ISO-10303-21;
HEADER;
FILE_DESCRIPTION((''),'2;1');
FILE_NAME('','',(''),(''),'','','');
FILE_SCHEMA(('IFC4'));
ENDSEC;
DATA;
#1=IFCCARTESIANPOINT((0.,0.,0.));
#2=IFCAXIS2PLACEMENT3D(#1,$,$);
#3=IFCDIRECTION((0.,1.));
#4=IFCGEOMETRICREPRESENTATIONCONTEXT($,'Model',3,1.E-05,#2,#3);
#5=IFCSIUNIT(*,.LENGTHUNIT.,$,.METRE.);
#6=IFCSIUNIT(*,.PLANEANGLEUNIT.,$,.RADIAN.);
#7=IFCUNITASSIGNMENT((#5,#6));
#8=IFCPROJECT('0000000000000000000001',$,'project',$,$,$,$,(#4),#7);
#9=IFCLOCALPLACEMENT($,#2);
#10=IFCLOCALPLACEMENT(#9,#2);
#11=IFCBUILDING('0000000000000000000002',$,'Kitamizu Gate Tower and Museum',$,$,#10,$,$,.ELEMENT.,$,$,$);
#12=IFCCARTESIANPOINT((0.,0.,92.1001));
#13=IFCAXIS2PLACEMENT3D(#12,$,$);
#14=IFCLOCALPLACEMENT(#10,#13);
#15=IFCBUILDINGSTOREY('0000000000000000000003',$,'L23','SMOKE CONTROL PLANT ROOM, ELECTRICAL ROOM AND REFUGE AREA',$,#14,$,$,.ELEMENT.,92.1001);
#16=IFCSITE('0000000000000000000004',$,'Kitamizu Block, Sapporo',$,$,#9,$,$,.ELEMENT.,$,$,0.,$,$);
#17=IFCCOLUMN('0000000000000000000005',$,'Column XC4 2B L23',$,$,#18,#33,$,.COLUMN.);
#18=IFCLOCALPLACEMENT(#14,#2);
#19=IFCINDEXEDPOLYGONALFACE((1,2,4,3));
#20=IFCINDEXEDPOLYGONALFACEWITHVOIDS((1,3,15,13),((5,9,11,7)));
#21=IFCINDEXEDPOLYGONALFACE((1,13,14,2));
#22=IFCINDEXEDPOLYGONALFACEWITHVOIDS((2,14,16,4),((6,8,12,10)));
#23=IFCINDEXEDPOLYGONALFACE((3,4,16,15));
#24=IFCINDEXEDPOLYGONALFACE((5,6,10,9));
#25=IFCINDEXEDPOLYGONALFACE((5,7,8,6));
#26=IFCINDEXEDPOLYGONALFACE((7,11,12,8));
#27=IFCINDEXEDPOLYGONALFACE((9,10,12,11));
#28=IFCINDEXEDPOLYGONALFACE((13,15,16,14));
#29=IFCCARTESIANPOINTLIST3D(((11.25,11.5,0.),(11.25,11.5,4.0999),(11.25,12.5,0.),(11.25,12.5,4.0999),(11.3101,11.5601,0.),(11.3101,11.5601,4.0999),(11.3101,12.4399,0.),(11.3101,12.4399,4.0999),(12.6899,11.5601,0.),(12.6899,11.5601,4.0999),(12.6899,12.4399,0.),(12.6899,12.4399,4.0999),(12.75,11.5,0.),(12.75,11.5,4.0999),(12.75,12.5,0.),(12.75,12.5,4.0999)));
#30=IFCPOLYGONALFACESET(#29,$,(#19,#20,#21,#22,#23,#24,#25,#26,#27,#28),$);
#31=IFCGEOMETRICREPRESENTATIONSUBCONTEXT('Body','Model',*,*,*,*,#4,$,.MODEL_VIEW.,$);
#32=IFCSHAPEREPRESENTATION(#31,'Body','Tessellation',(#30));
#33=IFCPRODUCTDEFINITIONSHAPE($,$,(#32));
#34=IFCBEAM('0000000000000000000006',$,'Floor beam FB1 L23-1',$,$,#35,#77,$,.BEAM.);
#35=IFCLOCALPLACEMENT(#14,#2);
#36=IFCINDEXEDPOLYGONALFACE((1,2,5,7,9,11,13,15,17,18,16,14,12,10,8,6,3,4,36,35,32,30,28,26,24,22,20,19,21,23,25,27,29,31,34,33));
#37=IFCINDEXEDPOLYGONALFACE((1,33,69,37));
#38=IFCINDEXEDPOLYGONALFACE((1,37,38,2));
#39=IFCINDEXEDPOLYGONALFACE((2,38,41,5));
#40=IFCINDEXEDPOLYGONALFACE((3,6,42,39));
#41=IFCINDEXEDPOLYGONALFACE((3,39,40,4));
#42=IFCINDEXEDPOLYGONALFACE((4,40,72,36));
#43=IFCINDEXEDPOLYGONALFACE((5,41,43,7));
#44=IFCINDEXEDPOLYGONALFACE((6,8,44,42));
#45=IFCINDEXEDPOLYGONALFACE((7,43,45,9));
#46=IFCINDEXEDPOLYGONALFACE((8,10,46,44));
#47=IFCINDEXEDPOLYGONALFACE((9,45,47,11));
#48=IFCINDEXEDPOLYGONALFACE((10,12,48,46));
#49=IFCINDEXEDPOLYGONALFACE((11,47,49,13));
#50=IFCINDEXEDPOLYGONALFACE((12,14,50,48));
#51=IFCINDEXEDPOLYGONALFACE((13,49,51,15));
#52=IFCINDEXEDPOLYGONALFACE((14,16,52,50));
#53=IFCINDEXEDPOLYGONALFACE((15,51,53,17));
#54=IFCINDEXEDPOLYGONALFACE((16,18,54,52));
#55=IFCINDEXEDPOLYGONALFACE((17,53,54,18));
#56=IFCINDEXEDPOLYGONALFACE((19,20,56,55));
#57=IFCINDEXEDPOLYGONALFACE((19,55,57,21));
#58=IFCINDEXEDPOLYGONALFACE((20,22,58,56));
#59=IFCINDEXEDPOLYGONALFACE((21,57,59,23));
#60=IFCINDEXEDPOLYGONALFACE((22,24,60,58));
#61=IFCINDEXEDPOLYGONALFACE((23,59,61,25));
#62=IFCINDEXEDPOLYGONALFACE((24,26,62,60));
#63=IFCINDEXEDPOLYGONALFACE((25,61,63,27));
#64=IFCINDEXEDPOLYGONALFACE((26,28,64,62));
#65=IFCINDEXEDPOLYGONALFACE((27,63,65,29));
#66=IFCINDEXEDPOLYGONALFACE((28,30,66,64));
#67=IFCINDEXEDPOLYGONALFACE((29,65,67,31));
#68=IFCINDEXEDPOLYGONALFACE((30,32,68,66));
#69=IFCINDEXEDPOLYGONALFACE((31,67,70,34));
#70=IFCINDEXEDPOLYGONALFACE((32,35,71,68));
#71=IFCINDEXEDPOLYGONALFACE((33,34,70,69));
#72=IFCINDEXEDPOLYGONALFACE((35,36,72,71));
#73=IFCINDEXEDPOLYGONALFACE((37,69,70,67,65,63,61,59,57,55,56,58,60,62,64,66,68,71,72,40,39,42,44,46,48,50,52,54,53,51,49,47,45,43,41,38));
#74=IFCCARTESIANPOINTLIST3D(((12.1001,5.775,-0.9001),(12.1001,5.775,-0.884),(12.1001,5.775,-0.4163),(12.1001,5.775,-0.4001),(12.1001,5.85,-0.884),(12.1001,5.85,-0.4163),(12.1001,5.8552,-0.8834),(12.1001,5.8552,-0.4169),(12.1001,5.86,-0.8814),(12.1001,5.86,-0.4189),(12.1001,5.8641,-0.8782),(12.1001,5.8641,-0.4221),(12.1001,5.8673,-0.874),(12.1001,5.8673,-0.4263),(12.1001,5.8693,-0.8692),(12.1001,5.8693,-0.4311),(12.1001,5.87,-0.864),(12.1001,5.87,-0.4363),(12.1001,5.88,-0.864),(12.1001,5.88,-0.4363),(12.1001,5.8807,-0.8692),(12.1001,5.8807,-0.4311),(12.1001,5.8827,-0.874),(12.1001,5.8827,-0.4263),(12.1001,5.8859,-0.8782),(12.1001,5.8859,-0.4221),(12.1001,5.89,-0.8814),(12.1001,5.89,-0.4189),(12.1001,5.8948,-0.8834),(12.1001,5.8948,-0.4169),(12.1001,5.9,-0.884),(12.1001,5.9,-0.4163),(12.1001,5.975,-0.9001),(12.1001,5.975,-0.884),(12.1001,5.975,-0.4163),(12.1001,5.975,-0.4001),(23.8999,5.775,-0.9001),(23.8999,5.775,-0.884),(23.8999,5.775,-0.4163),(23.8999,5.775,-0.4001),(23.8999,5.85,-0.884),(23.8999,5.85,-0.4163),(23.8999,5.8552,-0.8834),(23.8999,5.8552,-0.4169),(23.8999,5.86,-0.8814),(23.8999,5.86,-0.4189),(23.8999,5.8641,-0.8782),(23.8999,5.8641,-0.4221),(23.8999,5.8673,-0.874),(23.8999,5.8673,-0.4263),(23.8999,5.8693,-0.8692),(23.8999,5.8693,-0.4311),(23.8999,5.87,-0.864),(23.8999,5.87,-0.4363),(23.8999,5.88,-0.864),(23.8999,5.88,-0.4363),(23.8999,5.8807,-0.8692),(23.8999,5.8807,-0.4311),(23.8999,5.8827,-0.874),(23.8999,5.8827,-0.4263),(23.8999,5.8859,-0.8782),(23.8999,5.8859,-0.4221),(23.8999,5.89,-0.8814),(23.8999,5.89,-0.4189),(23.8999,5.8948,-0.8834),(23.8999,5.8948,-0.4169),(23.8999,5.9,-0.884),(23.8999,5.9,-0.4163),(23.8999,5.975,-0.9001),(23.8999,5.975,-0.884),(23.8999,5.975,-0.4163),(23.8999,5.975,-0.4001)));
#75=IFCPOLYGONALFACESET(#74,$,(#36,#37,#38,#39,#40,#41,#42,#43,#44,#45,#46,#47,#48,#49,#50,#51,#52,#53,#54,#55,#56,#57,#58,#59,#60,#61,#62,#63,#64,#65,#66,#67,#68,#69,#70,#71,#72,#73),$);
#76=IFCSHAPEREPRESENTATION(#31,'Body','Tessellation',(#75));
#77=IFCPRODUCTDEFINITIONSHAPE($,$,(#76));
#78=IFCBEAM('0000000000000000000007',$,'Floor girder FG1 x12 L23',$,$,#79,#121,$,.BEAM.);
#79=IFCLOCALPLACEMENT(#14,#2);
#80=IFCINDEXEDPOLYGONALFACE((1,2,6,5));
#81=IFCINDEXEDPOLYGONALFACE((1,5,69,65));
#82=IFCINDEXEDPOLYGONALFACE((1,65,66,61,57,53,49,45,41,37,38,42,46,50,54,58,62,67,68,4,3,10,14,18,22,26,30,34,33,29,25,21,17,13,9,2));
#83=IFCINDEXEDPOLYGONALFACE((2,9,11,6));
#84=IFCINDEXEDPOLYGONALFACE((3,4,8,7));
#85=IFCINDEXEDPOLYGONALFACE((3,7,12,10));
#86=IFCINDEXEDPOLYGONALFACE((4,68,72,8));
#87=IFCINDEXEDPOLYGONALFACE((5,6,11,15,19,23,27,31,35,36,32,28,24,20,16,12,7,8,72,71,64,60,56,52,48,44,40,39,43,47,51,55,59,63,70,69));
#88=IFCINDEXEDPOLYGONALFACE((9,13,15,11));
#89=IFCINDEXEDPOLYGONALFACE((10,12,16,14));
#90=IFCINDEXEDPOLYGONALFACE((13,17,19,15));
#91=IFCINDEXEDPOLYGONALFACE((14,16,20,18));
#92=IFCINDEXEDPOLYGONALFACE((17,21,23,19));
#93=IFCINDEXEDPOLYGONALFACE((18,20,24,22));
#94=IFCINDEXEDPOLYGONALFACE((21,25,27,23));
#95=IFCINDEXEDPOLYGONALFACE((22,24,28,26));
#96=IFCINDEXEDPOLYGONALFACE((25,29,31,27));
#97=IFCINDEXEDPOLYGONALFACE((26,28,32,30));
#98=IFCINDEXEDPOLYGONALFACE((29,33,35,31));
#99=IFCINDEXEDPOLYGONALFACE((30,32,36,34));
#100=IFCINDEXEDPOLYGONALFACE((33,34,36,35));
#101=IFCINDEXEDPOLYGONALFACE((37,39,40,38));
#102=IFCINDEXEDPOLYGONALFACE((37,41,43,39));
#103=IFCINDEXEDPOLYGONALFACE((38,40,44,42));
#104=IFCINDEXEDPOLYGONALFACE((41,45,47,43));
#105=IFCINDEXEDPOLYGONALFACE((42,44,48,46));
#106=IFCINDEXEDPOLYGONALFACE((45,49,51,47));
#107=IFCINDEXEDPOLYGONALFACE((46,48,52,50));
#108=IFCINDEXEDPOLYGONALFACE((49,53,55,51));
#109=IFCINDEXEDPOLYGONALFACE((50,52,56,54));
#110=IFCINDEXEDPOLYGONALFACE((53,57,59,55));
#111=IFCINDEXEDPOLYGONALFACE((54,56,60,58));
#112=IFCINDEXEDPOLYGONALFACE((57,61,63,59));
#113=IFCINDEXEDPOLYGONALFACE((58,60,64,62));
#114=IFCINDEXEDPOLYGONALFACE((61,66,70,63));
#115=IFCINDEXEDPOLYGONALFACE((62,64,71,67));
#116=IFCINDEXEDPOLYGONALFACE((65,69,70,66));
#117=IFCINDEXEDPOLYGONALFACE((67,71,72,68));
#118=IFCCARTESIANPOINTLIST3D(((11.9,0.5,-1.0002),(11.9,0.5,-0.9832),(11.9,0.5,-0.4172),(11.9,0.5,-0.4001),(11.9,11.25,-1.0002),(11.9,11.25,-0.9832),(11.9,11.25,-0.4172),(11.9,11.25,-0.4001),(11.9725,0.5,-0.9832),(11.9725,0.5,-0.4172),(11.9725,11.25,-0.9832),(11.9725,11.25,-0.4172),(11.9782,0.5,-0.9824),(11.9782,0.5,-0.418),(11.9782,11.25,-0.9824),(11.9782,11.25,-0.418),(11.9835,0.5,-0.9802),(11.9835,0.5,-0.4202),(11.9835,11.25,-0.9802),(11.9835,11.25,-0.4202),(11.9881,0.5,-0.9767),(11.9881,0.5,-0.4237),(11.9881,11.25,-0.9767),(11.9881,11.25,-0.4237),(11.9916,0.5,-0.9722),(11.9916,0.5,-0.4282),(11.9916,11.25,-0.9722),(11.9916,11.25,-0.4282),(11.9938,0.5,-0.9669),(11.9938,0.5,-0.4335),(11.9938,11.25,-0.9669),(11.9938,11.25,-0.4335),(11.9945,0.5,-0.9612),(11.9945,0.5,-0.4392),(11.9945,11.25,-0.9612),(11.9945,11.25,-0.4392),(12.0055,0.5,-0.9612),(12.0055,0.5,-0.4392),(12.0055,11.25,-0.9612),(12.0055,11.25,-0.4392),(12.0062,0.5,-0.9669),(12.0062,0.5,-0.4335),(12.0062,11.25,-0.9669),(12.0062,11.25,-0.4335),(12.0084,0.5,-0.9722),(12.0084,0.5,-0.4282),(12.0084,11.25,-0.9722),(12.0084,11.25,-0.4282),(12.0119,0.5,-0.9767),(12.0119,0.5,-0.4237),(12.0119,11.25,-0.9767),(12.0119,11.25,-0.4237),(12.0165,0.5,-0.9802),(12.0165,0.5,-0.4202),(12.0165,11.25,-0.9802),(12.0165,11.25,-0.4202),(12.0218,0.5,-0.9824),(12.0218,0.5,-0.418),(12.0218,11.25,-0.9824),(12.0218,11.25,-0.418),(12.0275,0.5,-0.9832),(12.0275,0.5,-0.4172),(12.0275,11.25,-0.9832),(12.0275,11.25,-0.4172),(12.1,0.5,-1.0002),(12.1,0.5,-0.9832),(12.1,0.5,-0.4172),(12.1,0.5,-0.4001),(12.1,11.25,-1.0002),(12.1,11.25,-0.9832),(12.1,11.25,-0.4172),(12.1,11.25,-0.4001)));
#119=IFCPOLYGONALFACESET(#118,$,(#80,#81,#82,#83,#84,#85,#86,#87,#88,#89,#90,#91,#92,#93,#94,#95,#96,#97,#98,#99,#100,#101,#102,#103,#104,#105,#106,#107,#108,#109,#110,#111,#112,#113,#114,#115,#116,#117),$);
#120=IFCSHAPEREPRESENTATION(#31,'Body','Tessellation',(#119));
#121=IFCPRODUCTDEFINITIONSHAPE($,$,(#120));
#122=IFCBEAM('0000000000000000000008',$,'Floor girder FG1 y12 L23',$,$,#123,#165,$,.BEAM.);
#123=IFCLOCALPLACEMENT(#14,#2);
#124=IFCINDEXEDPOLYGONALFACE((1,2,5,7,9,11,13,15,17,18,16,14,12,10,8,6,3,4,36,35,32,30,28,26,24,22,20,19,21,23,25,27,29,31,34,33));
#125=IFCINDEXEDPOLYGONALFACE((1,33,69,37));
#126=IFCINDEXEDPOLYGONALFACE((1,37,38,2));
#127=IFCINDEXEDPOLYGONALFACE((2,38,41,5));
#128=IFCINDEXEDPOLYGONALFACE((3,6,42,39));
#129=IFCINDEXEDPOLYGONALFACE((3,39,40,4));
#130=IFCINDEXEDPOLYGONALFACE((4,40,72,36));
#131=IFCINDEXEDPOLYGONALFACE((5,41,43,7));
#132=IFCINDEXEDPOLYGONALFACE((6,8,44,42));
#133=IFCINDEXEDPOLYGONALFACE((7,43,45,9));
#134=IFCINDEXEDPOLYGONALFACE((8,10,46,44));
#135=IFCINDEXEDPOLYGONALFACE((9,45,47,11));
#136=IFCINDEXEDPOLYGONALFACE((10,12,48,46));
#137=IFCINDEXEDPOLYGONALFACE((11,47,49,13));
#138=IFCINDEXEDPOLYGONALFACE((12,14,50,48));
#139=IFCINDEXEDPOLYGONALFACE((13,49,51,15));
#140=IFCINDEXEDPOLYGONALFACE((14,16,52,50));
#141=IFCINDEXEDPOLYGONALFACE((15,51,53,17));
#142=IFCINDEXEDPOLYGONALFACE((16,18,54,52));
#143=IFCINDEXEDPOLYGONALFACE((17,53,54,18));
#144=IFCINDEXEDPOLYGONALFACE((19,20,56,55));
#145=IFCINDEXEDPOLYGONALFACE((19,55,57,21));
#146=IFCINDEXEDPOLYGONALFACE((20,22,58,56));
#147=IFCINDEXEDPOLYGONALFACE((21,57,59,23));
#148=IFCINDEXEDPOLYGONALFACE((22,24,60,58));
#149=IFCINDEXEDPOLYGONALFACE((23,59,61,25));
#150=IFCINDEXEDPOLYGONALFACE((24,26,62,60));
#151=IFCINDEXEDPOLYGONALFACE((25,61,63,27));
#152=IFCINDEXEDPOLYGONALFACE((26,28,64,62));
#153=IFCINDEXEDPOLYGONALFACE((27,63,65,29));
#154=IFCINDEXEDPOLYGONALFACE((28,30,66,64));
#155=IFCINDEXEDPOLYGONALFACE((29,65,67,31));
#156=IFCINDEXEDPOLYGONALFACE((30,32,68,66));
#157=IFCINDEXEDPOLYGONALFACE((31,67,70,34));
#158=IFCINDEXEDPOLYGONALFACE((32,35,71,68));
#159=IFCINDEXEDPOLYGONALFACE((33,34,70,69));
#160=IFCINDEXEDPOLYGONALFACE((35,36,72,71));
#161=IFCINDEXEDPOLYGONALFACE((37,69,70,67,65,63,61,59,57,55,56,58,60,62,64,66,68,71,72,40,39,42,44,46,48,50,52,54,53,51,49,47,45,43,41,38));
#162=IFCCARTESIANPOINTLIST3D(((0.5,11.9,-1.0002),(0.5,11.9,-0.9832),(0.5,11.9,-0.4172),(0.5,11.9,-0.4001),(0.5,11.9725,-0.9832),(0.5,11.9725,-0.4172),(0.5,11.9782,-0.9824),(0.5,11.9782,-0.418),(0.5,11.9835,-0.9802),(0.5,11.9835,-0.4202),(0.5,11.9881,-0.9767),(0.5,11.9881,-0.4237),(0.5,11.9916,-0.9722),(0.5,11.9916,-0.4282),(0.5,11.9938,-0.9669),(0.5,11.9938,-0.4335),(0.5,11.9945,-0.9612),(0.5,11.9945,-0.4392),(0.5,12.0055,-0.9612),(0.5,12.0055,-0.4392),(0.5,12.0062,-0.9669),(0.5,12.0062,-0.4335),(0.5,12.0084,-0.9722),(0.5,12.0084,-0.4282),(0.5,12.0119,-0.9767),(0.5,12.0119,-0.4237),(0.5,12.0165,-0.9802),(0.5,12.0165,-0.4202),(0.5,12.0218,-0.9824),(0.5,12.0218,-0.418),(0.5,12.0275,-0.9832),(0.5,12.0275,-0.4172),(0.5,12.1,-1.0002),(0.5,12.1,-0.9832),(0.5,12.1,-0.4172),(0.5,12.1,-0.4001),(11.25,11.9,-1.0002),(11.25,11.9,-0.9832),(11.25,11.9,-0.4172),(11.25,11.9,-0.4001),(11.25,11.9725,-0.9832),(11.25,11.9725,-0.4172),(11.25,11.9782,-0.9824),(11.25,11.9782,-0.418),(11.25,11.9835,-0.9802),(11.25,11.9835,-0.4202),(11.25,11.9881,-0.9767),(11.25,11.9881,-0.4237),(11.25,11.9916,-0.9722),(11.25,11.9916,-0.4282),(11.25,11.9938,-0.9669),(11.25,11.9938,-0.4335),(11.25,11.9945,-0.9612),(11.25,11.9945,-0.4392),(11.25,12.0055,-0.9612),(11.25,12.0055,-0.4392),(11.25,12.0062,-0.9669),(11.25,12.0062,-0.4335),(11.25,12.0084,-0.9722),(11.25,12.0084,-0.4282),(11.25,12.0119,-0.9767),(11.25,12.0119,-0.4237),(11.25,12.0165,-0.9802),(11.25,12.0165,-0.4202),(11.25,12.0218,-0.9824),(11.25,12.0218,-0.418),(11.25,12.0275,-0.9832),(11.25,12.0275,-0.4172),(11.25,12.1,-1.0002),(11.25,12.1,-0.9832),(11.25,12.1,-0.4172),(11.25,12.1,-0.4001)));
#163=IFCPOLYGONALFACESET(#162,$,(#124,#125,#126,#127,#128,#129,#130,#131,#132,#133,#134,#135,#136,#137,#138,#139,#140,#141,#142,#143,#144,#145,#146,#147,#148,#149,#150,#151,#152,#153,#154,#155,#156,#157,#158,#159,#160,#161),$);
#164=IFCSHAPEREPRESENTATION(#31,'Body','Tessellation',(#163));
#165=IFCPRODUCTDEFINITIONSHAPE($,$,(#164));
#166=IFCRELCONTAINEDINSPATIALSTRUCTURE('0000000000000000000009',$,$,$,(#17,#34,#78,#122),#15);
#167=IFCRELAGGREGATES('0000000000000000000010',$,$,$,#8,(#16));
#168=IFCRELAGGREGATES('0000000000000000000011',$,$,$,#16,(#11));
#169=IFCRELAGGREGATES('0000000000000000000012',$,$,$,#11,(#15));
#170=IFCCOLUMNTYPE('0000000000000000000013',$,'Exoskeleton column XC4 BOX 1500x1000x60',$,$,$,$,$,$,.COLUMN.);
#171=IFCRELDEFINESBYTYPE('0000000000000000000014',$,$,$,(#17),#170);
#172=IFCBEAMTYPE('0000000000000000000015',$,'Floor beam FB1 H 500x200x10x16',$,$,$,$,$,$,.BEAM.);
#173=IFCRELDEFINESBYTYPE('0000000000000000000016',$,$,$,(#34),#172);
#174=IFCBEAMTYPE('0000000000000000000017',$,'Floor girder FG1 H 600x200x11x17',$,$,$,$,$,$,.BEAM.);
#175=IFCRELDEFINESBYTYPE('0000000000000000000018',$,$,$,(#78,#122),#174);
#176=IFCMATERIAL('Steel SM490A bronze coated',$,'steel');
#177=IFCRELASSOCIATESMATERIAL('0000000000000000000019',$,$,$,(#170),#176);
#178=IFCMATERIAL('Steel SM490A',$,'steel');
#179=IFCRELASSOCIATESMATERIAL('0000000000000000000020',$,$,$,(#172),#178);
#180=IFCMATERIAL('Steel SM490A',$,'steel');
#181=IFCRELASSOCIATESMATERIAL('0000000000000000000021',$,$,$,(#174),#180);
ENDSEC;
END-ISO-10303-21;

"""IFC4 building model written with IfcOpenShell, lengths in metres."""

from ifc_helpers import new_model, si_unit, direction, frame, origin, origin_2d, place, context, subcontext, project, spatial, hollow_rectangle, i_section, extrude, material, material_profile, profile_set, type_object, element, save


model = new_model("IFC4")

# Units and contexts
model_context = context("Model", 3, precision=1e-05, world=origin(), true_north=direction((0.0, 1.0)))
body_context = subcontext(model_context, "Body", "Model", "MODEL_VIEW")
ifc_project = project(units=[si_unit("LENGTHUNIT", "METRE"), si_unit("PLANEANGLEUNIT", "RADIAN")], contexts=[model_context])

# Site, building, storey
site_placement = place(None, origin())
site = spatial("IfcSite", under=ifc_project, at=site_placement, Name="Kitamizu Block, Sapporo", CompositionType="ELEMENT", RefElevation=0.0)
building_placement = place(site_placement, origin())
building = spatial("IfcBuilding", under=site, at=building_placement, Name="Kitamizu Gate Tower and Museum", CompositionType="ELEMENT")
storey_placement = place(building_placement, frame((0.0, 0.0, 92.1001)))
storey = spatial("IfcBuildingStorey", under=building, at=storey_placement, Name="L23", Description="SMOKE CONTROL PLANT ROOM, ELECTRICAL ROOM AND REFUGE AREA", CompositionType="ELEMENT", Elevation=92.1001)

# Column
ifc_material_1 = material(Name="Steel SM490A bronze coated", Category="steel")
ifc_material_profile_1 = material_profile(ifc_material_1, hollow_rectangle(XDim=1.5, YDim=1.0, WallThickness=0.0601, at=origin_2d()), Name="BOX 1500x1000x60")
ifc_profile_set_1 = profile_set([ifc_material_profile_1], Name="Steel SM490A bronze coated")
column_type = type_object("IfcColumnType", Name="Exoskeleton column XC4 BOX 1500x1000x60", PredefinedType="COLUMN", material=ifc_profile_set_1)
column_placement = place(storey_placement, frame((12.0, 12.0, 0.0), z_axis=(0.0, 0.0, 1.0), x_axis=(1.0, 0.0, 0.0)))
element("IfcColumn", 1, at=column_placement, inside=storey, type_object=column_type, Name="Column XC4 2B L23", PredefinedType="COLUMN", context=body_context, shape_type="SweptSolid", body=[
    extrude(hollow_rectangle(XDim=1.5, YDim=1.0, WallThickness=0.0601, at=origin_2d()), origin(), (0.0, 0.0, 1.0), 4.0999),
])

# Beams
ifc_material_2 = material(Name="Steel SM490A", Category="steel")
ifc_material_profile_2 = material_profile(ifc_material_2, i_section(OverallWidth=0.2, OverallDepth=0.5, WebThickness=0.01, FlangeThickness=0.0161, FilletRadius=0.02, at=origin_2d()), Name="H-500x200x10x16")
ifc_profile_set_2 = profile_set([ifc_material_profile_2], Name="Steel SM490A")
beam_type_1 = type_object("IfcBeamType", Name="Floor beam FB1 H 500x200x10x16", PredefinedType="BEAM", material=ifc_profile_set_2)
beam_1_placement = place(storey_placement, frame((12.1001, 5.875, -0.6501), z_axis=(1.0, 0.0, 0.0), x_axis=(0.0, 1.0, 0.0)))
element("IfcBeam", 2, at=beam_1_placement, inside=storey, type_object=beam_type_1, Name="Floor beam FB1 L23-1", PredefinedType="BEAM", context=body_context, shape_type="SweptSolid", body=[
    extrude(i_section(OverallWidth=0.2, OverallDepth=0.5, WebThickness=0.01, FlangeThickness=0.0161, FilletRadius=0.02, at=origin_2d()), origin(), (0.0, 0.0, 1.0), 11.7998),
])
ifc_material_3 = material(Name="Steel SM490A", Category="steel")
ifc_material_profile_3 = material_profile(ifc_material_3, i_section(OverallWidth=0.2, OverallDepth=0.6001, WebThickness=0.011, FlangeThickness=0.0171, FilletRadius=0.022, at=origin_2d()), Name="H-600x200x11x17")
ifc_profile_set_3 = profile_set([ifc_material_profile_3], Name="Steel SM490A")
beam_type_2 = type_object("IfcBeamType", Name="Floor girder FG1 H 600x200x11x17", PredefinedType="BEAM", material=ifc_profile_set_3)
for number, where, z_axis, x_axis, name in (
    (3, (12.0, 0.5, -0.7002), (0.0, 1.0, 0.0), (-1.0, 0.0, 0.0), "Floor girder FG1 x12 L23"),
    (4, (0.5, 12.0, -0.7002), (1.0, 0.0, 0.0), (0.0, 1.0, 0.0), "Floor girder FG1 y12 L23"),
):
    element("IfcBeam", number, at=place(storey_placement, frame(where, z_axis=z_axis, x_axis=x_axis)), inside=storey, type_object=beam_type_2, Name=name, PredefinedType="BEAM", context=body_context, shape_type="SweptSolid", body=[
        extrude(i_section(OverallWidth=0.2, OverallDepth=0.6001, WebThickness=0.011, FlangeThickness=0.0171, FilletRadius=0.022, at=origin_2d()), origin(), (0.0, 0.0, 1.0), 10.75),
    ])

save(model, "model.ifc")
